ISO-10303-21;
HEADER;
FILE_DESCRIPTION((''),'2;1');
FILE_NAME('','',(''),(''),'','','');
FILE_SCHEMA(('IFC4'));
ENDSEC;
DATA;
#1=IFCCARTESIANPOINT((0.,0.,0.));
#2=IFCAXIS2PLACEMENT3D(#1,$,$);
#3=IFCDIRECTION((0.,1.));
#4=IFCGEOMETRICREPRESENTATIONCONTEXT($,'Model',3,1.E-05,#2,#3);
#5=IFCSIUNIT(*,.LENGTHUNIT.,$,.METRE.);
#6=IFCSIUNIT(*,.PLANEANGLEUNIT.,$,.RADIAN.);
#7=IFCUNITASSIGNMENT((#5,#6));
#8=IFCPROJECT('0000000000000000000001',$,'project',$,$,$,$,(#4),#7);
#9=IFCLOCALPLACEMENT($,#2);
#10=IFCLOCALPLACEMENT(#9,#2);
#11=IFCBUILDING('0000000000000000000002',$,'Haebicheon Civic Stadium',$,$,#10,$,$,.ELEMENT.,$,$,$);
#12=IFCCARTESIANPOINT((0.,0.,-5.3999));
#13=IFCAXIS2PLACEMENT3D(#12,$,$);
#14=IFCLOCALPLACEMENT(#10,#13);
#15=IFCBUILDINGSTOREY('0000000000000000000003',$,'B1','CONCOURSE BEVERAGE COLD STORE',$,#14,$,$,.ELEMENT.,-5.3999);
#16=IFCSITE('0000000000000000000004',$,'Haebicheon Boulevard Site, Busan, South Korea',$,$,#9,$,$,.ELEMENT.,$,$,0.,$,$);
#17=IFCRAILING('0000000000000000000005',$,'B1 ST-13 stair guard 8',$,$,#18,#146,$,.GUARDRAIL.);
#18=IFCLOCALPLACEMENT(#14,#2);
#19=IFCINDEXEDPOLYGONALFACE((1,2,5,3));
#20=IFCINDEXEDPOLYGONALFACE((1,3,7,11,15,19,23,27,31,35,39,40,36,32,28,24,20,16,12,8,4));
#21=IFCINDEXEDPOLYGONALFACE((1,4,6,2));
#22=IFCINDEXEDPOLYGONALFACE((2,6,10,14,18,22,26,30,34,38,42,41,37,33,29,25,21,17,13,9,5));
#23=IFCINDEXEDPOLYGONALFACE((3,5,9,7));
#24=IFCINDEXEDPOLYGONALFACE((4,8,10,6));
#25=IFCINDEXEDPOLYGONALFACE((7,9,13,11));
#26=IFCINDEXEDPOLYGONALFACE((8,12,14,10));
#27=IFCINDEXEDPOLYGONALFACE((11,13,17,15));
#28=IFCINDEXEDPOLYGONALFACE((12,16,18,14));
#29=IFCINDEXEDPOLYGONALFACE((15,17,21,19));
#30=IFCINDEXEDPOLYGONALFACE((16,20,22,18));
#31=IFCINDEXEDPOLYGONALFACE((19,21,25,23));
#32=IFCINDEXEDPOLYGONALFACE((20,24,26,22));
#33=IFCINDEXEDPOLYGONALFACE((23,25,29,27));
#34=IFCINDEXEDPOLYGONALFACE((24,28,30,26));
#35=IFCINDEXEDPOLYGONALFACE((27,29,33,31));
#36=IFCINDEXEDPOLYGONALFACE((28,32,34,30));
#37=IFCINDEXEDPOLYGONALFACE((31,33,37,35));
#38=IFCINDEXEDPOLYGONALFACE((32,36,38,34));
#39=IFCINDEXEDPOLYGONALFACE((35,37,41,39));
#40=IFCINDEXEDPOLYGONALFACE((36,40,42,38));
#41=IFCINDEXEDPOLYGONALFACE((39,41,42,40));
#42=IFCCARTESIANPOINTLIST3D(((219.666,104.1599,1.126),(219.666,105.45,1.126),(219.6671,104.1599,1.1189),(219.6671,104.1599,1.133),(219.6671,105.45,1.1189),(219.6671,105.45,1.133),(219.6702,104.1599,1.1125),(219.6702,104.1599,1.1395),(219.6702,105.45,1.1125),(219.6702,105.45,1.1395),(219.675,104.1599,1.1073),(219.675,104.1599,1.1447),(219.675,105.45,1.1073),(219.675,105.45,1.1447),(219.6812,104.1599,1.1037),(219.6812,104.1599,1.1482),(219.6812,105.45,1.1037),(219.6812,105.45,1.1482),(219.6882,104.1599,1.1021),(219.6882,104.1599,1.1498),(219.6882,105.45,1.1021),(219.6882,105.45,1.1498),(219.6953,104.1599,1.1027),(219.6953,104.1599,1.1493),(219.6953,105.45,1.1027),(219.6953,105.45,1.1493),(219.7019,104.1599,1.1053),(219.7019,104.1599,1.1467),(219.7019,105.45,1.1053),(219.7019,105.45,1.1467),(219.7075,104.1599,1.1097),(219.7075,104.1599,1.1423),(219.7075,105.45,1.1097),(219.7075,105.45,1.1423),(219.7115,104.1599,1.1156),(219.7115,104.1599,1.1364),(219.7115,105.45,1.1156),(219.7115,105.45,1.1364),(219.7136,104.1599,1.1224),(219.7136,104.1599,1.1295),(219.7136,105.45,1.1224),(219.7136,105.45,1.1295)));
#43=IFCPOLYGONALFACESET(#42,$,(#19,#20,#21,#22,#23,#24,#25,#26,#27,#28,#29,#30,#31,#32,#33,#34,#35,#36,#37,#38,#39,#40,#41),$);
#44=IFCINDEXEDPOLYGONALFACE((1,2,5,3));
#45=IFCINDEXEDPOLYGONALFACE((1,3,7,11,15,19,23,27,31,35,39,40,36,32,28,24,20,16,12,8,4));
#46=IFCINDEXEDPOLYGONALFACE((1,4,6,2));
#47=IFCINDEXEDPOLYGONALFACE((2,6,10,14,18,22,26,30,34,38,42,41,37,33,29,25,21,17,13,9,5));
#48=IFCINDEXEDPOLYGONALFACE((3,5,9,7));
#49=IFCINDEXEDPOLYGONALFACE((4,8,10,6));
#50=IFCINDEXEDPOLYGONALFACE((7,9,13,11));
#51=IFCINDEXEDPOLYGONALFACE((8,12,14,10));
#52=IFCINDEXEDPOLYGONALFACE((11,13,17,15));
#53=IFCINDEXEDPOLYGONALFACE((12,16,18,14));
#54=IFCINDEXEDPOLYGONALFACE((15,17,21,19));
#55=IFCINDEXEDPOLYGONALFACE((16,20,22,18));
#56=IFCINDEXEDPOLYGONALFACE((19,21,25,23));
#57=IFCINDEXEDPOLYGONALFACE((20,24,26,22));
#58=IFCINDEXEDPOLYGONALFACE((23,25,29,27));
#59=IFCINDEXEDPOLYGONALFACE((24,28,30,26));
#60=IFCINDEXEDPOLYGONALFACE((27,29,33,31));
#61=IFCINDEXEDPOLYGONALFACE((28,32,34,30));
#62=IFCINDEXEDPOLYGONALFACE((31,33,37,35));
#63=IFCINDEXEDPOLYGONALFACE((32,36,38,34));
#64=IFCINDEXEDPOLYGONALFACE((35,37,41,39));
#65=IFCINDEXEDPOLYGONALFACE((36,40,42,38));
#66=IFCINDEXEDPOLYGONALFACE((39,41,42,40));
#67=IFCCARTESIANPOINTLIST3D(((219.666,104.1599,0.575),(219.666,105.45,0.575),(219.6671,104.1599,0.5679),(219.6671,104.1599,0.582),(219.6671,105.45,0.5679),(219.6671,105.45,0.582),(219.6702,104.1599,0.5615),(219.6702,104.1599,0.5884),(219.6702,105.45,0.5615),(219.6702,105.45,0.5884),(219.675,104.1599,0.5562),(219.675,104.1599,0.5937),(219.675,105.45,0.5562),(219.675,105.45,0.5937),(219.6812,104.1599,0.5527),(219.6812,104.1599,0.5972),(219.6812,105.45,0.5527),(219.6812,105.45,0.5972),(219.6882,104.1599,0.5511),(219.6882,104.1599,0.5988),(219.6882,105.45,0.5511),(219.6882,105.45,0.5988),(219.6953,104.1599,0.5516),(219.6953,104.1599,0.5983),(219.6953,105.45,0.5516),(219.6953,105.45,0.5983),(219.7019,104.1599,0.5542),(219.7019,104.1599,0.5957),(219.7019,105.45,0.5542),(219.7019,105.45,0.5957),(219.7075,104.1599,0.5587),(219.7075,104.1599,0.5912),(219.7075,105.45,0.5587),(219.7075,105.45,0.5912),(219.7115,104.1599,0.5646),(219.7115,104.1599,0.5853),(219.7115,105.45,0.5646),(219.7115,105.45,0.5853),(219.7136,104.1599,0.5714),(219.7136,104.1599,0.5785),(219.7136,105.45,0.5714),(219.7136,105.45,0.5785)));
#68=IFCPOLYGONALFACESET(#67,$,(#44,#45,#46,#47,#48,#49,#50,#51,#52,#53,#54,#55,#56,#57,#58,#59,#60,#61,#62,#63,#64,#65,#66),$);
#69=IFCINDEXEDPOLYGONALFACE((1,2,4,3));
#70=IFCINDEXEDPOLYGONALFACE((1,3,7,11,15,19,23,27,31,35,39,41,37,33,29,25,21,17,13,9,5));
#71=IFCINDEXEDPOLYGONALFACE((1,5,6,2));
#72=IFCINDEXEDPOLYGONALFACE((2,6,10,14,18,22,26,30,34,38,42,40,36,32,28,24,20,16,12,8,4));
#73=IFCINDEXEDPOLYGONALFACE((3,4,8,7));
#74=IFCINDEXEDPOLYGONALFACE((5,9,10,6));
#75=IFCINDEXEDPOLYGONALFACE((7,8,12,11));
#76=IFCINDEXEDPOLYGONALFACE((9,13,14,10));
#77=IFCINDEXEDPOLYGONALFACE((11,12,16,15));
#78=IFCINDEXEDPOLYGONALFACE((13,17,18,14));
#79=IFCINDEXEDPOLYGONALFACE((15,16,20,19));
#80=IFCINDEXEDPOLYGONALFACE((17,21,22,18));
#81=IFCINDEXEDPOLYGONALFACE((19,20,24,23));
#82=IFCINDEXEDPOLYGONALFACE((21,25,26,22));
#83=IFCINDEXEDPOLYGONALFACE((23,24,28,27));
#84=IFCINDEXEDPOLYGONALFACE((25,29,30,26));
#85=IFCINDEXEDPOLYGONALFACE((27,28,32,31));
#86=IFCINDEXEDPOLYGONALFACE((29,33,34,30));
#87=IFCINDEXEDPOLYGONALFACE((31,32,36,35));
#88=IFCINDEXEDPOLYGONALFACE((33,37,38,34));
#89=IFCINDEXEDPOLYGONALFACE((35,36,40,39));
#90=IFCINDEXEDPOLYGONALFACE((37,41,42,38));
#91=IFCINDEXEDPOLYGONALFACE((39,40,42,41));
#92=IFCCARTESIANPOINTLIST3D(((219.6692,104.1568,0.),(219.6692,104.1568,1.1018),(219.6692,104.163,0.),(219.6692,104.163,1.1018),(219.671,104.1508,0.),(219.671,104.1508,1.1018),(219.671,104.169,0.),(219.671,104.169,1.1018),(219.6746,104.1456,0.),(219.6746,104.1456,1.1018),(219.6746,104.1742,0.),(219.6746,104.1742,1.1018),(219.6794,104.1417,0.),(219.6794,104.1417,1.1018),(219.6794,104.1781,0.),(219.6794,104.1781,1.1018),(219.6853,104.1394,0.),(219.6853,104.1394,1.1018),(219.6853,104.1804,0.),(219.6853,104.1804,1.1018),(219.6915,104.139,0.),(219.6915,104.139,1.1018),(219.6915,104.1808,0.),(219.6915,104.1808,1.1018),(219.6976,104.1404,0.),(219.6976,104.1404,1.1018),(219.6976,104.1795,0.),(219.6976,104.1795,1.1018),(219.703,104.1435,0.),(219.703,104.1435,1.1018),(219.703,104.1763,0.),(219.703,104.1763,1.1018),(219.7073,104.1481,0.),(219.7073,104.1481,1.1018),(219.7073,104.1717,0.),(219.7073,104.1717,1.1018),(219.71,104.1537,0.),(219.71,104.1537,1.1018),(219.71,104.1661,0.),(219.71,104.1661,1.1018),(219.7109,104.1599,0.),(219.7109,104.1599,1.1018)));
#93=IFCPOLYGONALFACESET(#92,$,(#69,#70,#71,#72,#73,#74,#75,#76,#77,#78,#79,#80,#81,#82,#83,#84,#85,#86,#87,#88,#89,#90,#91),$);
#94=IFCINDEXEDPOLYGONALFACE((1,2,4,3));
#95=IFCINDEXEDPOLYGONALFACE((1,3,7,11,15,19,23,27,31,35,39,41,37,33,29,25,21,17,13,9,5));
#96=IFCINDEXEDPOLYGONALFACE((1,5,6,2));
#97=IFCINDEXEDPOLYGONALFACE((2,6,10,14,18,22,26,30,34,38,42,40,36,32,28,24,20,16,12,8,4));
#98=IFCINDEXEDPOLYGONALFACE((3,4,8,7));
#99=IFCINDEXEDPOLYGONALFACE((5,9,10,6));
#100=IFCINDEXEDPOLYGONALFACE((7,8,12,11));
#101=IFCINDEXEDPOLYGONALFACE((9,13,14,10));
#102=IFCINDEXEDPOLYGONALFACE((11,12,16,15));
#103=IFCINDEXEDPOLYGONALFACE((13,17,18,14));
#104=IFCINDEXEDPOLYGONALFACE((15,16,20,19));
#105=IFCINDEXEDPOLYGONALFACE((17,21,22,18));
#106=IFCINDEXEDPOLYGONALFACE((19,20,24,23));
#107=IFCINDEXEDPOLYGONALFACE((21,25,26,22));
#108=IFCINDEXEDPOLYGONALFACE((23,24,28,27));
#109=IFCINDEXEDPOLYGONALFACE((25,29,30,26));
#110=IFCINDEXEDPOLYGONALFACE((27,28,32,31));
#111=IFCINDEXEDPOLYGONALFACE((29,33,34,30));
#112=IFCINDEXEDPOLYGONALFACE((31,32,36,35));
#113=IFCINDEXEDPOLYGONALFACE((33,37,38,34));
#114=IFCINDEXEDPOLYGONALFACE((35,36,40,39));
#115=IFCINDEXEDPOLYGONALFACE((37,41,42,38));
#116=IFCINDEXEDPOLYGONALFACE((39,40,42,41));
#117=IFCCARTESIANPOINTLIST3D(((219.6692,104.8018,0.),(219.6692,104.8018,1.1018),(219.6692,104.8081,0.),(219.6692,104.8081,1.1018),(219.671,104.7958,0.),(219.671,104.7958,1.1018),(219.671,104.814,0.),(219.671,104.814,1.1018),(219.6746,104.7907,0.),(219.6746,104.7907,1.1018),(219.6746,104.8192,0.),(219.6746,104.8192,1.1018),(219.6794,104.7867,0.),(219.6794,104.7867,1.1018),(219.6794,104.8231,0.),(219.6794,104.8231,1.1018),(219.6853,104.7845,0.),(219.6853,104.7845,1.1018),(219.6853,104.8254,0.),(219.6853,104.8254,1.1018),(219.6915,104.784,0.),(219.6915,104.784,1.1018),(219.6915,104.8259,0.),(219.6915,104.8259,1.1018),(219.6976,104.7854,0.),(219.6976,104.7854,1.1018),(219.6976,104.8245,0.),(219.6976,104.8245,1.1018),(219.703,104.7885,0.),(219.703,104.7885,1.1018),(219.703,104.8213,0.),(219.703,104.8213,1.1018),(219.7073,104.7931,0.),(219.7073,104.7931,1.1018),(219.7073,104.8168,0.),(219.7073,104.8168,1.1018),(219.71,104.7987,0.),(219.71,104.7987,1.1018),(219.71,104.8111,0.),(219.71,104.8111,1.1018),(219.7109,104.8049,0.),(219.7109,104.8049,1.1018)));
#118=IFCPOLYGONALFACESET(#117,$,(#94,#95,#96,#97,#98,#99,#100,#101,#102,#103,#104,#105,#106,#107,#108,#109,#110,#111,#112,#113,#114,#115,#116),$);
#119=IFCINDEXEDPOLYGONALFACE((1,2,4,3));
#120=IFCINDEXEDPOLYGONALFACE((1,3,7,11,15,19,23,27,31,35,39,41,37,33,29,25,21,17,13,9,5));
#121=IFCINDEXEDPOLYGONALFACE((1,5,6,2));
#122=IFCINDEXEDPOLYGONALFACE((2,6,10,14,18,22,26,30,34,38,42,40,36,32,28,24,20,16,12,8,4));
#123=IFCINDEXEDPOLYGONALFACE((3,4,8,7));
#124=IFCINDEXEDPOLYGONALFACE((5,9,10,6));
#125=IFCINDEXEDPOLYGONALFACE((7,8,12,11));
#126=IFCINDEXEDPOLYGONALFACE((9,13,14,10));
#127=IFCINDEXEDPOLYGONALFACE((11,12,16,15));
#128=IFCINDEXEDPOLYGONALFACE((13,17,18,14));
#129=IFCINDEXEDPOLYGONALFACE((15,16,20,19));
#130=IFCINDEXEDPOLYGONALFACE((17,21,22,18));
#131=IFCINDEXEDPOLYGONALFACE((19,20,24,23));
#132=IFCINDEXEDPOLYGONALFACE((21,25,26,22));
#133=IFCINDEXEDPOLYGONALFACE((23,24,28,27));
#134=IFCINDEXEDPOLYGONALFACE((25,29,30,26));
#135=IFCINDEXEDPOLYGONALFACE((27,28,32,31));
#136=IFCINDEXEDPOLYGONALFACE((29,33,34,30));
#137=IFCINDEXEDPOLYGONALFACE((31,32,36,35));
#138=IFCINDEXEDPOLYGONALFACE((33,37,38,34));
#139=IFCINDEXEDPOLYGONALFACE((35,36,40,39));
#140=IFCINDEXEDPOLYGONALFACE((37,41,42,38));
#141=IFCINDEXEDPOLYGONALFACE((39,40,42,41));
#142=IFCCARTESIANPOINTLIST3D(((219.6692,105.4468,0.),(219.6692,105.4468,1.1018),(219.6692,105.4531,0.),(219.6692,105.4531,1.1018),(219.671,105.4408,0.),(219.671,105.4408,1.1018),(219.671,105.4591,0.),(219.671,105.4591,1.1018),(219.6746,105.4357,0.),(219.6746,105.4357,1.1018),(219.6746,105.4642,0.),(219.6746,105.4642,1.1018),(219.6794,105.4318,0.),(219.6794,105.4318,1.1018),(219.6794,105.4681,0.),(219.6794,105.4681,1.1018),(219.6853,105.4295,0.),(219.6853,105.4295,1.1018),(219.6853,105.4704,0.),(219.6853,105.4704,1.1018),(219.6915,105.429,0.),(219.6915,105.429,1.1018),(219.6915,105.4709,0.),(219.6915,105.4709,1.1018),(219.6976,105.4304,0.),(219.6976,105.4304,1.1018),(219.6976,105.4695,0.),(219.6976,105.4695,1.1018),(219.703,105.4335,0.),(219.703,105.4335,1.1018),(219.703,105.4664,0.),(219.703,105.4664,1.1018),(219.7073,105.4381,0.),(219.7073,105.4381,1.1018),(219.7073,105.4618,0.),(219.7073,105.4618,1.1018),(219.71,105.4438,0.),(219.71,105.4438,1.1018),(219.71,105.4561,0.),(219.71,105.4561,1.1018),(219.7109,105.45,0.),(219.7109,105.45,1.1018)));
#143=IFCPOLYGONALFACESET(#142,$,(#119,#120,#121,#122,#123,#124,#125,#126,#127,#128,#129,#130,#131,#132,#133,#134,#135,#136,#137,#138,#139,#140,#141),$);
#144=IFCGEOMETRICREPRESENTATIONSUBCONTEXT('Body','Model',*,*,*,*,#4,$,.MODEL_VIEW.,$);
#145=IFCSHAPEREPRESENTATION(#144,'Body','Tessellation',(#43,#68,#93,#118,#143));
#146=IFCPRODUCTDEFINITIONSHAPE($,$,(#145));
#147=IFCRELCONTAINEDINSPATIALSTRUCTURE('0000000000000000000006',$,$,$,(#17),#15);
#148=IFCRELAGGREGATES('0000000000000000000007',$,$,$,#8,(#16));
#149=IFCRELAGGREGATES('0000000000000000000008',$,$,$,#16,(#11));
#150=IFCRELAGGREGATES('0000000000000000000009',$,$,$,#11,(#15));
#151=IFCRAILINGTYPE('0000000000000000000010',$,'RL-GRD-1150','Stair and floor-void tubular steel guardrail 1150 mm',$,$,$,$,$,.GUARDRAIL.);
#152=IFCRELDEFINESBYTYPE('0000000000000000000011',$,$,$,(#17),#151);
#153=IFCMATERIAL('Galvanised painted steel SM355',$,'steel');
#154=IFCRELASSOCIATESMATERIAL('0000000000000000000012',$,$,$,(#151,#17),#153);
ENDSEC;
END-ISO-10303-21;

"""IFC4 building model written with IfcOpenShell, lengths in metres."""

from ifc_helpers import new_model, si_unit, direction, frame, origin, origin_2d, place, context, subcontext, project, spatial, circle, extrude, material, type_object, element, save


model = new_model("IFC4")

# Units and contexts
model_context = context("Model", 3, precision=1e-05, world=origin(), true_north=direction((0.0, 1.0)))
body_context = subcontext(model_context, "Body", "Model", "MODEL_VIEW")
ifc_project = project(units=[si_unit("LENGTHUNIT", "METRE"), si_unit("PLANEANGLEUNIT", "RADIAN")], contexts=[model_context])

# Site, building, storey
site_placement = place(None, origin())
site = spatial("IfcSite", under=ifc_project, at=site_placement, Name="Haebicheon Boulevard Site, Busan, South Korea", CompositionType="ELEMENT", RefElevation=0.0)
building_placement = place(site_placement, origin())
building = spatial("IfcBuilding", under=site, at=building_placement, Name="Haebicheon Civic Stadium", CompositionType="ELEMENT")
storey_placement = place(building_placement, frame((0.0, 0.0, -5.3999)))
storey = spatial("IfcBuildingStorey", under=building, at=storey_placement, Name="B1", Description="CONCOURSE BEVERAGE COLD STORE", CompositionType="ELEMENT", Elevation=-5.3999)

# Railing
ifc_material_1 = material(Name="Galvanised painted steel SM355", Category="steel")
railing_type_1 = type_object("IfcRailingType", Name="RL-GRD-1150", Description="Stair and floor-void tubular steel guardrail 1150 mm", PredefinedType="GUARDRAIL", material=ifc_material_1)
for number, where, name in (
    (1, (219.6899, 104.1599, 0.0), "B1 ST-13 stair guard 8"),
):
    element("IfcRailing", number, at=place(storey_placement, frame(where)), inside=storey, type_object=railing_type_1, material=ifc_material_1, Name=name, PredefinedType="GUARDRAIL", context=body_context, shape_type="SweptSolid", body=[
        extrude(circle(Radius=0.0239, at=origin_2d()), frame((0.0, 0.0, 1.126), z_axis=(0.0, 1.0, 0.0), x_axis=(-1.0, 0.0, 0.0)), (0.0, 0.0, 1.0), 1.29),
        extrude(circle(Radius=0.0239, at=origin_2d()), frame((0.0, 0.0, 0.575), z_axis=(0.0, 1.0, 0.0), x_axis=(-1.0, 0.0, 0.0)), (0.0, 0.0, 1.0), 1.29),
        extrude(circle(Radius=0.021, at=origin_2d()), origin(), (0.0, 0.0, 1.0), 1.1018),
        extrude(circle(Radius=0.021, at=origin_2d()), frame((0.0, 0.645, 0.0)), (0.0, 0.0, 1.0), 1.1018),
        extrude(circle(Radius=0.021, at=origin_2d()), frame((0.0, 1.29, 0.0)), (0.0, 0.0, 1.0), 1.1018),
    ])

save(model, "model.ifc")
